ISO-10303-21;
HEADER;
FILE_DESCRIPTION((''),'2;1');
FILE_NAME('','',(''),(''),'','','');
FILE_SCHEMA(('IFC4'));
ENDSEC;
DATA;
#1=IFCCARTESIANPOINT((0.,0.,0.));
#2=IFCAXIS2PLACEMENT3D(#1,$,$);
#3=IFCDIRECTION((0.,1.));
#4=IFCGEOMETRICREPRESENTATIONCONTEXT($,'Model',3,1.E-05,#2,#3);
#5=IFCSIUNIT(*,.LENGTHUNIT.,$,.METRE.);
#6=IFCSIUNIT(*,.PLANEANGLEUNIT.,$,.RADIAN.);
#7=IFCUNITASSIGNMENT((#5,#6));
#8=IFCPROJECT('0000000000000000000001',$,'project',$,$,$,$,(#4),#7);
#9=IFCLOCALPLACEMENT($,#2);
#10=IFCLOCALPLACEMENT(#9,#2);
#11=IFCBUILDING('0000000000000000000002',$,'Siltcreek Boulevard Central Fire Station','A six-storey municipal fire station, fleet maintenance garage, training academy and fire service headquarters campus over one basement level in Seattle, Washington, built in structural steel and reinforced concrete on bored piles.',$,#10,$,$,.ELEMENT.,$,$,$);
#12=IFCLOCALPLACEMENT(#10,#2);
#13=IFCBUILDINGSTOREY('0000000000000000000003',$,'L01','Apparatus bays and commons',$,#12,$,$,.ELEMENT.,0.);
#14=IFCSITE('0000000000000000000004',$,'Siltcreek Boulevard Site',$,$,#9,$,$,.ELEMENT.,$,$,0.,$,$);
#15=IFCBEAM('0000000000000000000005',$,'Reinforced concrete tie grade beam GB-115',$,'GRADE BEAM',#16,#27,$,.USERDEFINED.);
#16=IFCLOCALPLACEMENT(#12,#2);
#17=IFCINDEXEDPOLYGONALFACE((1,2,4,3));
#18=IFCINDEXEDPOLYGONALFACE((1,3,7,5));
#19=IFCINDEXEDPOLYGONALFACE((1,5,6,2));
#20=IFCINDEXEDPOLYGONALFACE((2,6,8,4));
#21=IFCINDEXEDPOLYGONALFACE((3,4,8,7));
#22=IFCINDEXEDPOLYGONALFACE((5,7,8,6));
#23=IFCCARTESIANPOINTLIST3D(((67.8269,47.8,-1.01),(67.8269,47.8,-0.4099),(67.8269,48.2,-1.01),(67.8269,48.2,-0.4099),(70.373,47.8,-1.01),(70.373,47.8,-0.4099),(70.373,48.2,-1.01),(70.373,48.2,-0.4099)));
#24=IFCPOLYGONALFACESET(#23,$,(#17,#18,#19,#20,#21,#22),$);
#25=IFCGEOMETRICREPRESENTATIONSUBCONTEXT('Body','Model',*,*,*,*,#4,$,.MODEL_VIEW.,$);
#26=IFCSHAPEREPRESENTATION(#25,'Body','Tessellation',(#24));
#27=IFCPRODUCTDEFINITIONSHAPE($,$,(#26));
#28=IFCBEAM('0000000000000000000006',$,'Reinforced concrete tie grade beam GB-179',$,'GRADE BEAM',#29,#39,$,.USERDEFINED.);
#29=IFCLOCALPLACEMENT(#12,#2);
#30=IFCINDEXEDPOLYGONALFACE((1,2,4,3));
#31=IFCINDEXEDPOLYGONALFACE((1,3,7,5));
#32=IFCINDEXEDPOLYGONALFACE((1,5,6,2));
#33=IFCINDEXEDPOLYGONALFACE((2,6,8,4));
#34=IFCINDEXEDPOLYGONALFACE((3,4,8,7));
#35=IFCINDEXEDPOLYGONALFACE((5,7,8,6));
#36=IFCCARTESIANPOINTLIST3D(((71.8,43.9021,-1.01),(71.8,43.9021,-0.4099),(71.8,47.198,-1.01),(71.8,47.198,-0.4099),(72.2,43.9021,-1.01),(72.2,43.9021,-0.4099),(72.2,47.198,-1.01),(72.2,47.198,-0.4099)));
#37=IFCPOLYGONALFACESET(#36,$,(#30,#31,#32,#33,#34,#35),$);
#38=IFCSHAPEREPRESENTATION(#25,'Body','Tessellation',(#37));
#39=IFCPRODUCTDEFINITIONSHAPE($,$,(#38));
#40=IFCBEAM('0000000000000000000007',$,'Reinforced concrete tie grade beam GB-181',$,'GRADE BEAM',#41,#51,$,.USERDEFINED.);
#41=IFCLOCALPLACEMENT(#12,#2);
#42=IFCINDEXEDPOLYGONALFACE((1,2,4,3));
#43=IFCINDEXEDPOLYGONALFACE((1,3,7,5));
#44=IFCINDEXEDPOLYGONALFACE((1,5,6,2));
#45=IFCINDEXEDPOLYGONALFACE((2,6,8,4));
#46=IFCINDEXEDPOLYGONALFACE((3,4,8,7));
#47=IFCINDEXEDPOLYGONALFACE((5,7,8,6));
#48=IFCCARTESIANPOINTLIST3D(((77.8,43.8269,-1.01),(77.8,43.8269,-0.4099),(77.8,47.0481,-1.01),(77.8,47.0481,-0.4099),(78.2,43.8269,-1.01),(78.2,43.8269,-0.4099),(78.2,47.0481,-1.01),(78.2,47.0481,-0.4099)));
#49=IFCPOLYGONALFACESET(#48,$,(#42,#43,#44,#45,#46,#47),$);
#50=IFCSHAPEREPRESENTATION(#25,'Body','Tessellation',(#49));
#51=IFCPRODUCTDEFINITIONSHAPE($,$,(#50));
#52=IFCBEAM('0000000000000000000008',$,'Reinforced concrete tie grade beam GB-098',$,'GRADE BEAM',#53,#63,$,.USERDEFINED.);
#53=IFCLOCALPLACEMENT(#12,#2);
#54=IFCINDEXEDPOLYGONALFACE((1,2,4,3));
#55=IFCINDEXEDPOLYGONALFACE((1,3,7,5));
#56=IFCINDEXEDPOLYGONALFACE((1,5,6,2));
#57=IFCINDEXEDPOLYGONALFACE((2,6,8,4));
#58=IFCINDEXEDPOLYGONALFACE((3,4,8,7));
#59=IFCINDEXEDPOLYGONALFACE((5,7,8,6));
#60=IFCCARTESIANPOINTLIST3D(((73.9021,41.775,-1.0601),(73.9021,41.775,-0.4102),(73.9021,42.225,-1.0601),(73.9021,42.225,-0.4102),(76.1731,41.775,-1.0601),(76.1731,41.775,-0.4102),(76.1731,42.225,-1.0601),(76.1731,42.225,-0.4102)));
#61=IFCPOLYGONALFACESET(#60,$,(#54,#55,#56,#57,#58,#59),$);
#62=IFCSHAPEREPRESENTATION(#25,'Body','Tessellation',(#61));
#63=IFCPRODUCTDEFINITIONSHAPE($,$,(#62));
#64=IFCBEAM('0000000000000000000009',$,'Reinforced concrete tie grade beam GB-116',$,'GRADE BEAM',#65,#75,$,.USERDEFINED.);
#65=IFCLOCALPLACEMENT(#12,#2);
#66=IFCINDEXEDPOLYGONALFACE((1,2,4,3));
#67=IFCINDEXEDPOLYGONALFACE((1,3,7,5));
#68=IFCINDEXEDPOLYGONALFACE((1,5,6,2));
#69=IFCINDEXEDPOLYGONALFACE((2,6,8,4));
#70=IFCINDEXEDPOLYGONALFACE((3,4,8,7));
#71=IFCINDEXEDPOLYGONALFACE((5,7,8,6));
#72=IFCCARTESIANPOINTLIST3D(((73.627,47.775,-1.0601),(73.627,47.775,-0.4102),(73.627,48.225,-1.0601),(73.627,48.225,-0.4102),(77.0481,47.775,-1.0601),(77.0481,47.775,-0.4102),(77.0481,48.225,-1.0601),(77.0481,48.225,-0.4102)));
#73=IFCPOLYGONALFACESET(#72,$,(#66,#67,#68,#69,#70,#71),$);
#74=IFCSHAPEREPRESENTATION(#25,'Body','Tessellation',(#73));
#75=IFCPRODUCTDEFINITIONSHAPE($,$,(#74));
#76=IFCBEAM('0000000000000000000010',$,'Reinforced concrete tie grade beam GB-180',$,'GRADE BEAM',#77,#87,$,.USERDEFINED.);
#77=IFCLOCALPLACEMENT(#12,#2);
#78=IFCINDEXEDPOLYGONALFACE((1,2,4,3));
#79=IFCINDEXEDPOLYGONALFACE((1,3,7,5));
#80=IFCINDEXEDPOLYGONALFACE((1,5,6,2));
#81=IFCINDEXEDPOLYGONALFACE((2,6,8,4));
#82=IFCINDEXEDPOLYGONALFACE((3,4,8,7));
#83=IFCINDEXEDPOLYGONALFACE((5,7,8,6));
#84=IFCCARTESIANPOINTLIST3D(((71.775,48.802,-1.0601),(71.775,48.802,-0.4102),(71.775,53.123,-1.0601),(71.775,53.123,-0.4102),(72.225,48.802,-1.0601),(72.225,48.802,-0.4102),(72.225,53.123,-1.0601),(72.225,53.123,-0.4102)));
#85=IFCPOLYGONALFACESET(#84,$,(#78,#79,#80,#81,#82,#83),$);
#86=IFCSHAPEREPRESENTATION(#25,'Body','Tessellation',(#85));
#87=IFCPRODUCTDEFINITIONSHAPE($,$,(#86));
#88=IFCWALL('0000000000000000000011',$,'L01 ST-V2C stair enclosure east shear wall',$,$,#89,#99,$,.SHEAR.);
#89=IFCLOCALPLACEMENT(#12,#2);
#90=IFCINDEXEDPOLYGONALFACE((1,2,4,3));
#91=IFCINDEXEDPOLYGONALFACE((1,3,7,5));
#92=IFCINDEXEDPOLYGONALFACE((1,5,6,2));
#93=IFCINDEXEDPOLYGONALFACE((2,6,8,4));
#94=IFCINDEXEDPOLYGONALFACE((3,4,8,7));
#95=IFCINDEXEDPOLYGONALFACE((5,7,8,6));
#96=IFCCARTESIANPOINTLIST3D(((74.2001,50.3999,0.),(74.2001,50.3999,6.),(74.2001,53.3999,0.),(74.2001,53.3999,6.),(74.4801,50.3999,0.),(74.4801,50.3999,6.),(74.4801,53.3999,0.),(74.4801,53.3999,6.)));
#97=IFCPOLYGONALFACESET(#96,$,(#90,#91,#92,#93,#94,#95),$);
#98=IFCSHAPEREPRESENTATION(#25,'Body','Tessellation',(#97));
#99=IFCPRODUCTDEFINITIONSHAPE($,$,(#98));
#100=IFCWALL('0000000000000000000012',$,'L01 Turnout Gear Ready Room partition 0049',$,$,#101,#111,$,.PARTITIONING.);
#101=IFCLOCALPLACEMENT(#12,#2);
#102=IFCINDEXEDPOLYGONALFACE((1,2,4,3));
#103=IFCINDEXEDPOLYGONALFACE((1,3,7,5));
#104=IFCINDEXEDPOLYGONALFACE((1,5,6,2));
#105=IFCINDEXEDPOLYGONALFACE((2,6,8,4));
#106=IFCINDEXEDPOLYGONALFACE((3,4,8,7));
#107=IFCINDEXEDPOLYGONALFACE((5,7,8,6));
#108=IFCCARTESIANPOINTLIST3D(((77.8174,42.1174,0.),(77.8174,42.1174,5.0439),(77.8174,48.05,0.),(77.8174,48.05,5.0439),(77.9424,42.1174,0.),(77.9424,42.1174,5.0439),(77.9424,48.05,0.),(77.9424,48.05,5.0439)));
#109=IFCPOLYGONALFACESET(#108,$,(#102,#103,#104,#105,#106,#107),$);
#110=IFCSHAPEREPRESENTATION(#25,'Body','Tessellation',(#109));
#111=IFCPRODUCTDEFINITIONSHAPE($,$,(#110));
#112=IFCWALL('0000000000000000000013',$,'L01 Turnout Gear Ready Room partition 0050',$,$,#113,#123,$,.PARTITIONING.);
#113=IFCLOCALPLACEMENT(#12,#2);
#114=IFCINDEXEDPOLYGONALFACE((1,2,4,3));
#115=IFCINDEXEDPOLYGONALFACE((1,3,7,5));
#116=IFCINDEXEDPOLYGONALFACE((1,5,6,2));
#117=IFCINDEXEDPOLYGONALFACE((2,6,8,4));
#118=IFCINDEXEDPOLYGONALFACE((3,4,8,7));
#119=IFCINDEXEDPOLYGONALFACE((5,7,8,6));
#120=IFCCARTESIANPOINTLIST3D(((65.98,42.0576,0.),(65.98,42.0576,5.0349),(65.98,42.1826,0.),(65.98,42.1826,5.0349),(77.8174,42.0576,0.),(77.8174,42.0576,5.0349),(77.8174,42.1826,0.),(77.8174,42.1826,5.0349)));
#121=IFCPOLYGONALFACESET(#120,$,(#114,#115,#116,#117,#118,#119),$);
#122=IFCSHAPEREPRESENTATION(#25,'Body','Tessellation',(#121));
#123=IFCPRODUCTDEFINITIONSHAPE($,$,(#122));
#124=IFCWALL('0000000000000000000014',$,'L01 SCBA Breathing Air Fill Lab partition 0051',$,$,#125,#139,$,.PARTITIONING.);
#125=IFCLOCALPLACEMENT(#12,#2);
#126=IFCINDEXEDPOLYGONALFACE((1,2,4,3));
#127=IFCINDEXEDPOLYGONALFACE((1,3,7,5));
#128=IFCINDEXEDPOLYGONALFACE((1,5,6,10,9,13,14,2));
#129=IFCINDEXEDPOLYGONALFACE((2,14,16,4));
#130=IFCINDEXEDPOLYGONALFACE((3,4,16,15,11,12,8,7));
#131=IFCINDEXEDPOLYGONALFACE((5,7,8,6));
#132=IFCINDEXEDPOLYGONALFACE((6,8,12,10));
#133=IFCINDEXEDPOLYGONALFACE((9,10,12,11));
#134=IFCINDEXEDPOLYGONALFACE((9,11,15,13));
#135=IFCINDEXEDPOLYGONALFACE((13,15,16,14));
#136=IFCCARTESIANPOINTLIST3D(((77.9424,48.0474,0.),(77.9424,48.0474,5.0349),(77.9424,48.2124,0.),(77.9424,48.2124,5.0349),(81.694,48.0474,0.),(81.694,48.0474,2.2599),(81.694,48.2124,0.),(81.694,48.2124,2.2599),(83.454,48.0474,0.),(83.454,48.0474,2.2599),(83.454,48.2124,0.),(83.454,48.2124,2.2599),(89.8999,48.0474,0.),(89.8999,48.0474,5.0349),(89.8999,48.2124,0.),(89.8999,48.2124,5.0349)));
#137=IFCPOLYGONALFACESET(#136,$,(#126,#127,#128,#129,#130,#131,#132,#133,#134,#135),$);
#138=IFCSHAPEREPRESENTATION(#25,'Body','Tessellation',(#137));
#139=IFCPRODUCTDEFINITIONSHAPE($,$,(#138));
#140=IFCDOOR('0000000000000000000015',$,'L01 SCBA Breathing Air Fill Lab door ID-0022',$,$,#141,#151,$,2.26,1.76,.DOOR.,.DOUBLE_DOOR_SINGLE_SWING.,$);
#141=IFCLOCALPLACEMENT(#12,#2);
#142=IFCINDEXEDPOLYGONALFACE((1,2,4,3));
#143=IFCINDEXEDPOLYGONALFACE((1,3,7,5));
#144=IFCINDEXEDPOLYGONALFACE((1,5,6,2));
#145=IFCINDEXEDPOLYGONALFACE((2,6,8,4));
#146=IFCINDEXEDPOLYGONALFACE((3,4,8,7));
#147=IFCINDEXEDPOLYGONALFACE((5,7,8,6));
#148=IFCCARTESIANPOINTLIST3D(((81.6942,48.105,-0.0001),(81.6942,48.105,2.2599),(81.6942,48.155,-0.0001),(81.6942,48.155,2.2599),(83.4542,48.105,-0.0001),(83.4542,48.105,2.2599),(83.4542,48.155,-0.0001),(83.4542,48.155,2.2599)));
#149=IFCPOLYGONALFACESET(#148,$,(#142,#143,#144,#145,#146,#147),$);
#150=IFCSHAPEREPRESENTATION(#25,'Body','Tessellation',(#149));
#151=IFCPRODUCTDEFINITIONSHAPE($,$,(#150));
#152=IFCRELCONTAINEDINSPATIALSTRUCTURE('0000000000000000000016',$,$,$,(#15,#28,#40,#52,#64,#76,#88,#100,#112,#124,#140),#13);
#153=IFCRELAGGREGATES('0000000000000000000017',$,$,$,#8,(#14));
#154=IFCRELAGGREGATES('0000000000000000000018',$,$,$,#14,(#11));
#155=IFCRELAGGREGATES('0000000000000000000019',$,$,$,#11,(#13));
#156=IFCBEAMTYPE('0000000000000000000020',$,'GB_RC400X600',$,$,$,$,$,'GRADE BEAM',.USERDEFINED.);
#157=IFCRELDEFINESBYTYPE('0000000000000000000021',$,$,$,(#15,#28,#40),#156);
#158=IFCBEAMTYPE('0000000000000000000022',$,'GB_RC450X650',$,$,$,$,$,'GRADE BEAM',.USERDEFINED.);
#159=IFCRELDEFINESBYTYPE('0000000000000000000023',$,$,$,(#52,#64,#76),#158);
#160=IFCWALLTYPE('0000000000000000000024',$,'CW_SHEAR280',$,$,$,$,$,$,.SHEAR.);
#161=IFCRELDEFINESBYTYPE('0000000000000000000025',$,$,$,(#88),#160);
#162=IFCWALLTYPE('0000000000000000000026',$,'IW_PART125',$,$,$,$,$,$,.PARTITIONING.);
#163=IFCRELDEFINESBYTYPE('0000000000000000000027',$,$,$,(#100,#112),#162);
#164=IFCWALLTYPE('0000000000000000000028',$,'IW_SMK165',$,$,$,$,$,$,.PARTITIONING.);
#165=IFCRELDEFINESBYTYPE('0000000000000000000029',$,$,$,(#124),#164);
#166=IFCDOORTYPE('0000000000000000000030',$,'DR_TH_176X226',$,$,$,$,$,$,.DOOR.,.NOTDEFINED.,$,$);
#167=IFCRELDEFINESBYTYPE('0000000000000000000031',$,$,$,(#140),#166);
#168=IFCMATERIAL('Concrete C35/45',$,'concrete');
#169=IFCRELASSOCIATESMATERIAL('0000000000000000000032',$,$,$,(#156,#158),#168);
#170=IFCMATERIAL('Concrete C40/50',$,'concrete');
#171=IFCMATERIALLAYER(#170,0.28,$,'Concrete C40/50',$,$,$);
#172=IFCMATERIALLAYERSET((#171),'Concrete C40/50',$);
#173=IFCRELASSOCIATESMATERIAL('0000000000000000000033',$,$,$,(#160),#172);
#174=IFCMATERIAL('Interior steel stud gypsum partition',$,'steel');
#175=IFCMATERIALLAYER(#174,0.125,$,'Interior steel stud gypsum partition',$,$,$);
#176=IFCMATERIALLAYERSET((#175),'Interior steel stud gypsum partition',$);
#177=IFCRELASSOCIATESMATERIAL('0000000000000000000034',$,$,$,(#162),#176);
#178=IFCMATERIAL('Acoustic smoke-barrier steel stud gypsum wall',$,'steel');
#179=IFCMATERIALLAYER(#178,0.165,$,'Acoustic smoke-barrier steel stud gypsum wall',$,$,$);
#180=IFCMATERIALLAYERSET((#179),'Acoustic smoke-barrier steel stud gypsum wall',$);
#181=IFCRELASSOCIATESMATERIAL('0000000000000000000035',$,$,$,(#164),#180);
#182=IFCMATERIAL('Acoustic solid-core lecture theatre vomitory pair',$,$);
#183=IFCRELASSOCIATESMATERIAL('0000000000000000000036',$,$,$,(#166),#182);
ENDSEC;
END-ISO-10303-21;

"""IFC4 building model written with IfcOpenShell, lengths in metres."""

from ifc_helpers import new_model, si_unit, direction, frame, frame_2d, origin, origin_2d, place, context, subcontext, project, spatial, rectangle, extrude, material, layer, layer_set, material_profile, profile_set, type_object, element, fill, save


model = new_model("IFC4")

# Units and contexts
model_context = context("Model", 3, precision=1e-05, world=origin(), true_north=direction((0.0, 1.0)))
body_context = subcontext(model_context, "Body", "Model", "MODEL_VIEW")
ifc_project = project(units=[si_unit("LENGTHUNIT", "METRE"), si_unit("PLANEANGLEUNIT", "RADIAN")], contexts=[model_context])

# Site, building, storey
site_placement = place(None, origin())
site = spatial("IfcSite", under=ifc_project, at=site_placement, Name="Siltcreek Boulevard Site", CompositionType="ELEMENT", RefElevation=0.0)
building_placement = place(site_placement, origin())
building = spatial("IfcBuilding", under=site, at=building_placement, Name="Siltcreek Boulevard Central Fire Station", Description="A six-storey municipal fire station, fleet maintenance garage, training academy and fire service headquarters campus over one basement level in Seattle, Washington, built in structural steel and reinforced concrete on bored piles.", CompositionType="ELEMENT")
storey_placement = place(building_placement, origin())
storey = spatial("IfcBuildingStorey", under=building, at=storey_placement, Name="L01", Description="Apparatus bays and commons", CompositionType="ELEMENT", Elevation=0.0)

# Shared definitions
ifc_material_1 = material(Name="Concrete C35/45", Category="concrete")

# Beams
ifc_material_profile_1 = material_profile(ifc_material_1, rectangle(XDim=0.3999, YDim=0.6001, at=origin_2d()), Name="RC400X600")
ifc_profile_set_1 = profile_set([ifc_material_profile_1], Name="Concrete C35/45")
beam_type_1 = type_object("IfcBeamType", Name="GB_RC400X600", ElementType="GRADE BEAM", PredefinedType="USERDEFINED", material=ifc_profile_set_1)
beam_1_placement = place(storey_placement, frame((67.8269, 48.0, -0.71), z_axis=(1.0, 0.0, 0.0), x_axis=(0.0, 1.0, 0.0)))
element("IfcBeam", 1, at=beam_1_placement, inside=storey, type_object=beam_type_1, Name="Reinforced concrete tie grade beam GB-115", ObjectType="GRADE BEAM", PredefinedType="USERDEFINED", context=body_context, shape_type="SweptSolid", body=[
    extrude(rectangle(XDim=0.3999, YDim=0.6001, at=origin_2d()), origin(), (0.0, 0.0, 1.0), 2.5461),
])
beam_2_placement = place(storey_placement, frame((72.0, 43.9021, -0.71), z_axis=(0.0, 1.0, 0.0), x_axis=(-1.0, 0.0, 0.0)))
element("IfcBeam", 2, at=beam_2_placement, inside=storey, type_object=beam_type_1, Name="Reinforced concrete tie grade beam GB-179", ObjectType="GRADE BEAM", PredefinedType="USERDEFINED", context=body_context, shape_type="SweptSolid", body=[
    extrude(rectangle(XDim=0.3999, YDim=0.6001, at=origin_2d()), origin(), (0.0, 0.0, 1.0), 3.2959),
])
beam_3_placement = place(storey_placement, frame((78.0, 43.8269, -0.71), z_axis=(0.0, 1.0, 0.0), x_axis=(-1.0, 0.0, 0.0)))
element("IfcBeam", 3, at=beam_3_placement, inside=storey, type_object=beam_type_1, Name="Reinforced concrete tie grade beam GB-181", ObjectType="GRADE BEAM", PredefinedType="USERDEFINED", context=body_context, shape_type="SweptSolid", body=[
    extrude(rectangle(XDim=0.3999, YDim=0.6001, at=origin_2d()), origin(), (0.0, 0.0, 1.0), 3.2212),
])
ifc_material_profile_2 = material_profile(ifc_material_1, rectangle(XDim=0.45, YDim=0.6499, at=origin_2d()), Name="RC450X650")
ifc_profile_set_2 = profile_set([ifc_material_profile_2], Name="Concrete C35/45")
beam_type_2 = type_object("IfcBeamType", Name="GB_RC450X650", ElementType="GRADE BEAM", PredefinedType="USERDEFINED", material=ifc_profile_set_2)
beam_4_placement = place(storey_placement, frame((73.9021, 42.0, -0.7351), z_axis=(1.0, 0.0, 0.0), x_axis=(0.0, 1.0, 0.0)))
element("IfcBeam", 4, at=beam_4_placement, inside=storey, type_object=beam_type_2, Name="Reinforced concrete tie grade beam GB-098", ObjectType="GRADE BEAM", PredefinedType="USERDEFINED", context=body_context, shape_type="SweptSolid", body=[
    extrude(rectangle(XDim=0.45, YDim=0.6499, at=origin_2d()), origin(), (0.0, 0.0, 1.0), 2.271),
])
beam_5_placement = place(storey_placement, frame((73.627, 48.0, -0.7351), z_axis=(1.0, 0.0, 0.0), x_axis=(0.0, 1.0, 0.0)))
element("IfcBeam", 5, at=beam_5_placement, inside=storey, type_object=beam_type_2, Name="Reinforced concrete tie grade beam GB-116", ObjectType="GRADE BEAM", PredefinedType="USERDEFINED", context=body_context, shape_type="SweptSolid", body=[
    extrude(rectangle(XDim=0.45, YDim=0.6499, at=origin_2d()), origin(), (0.0, 0.0, 1.0), 3.4211),
])
beam_6_placement = place(storey_placement, frame((72.0, 48.802, -0.7351), z_axis=(0.0, 1.0, 0.0), x_axis=(-1.0, 0.0, 0.0)))
element("IfcBeam", 6, at=beam_6_placement, inside=storey, type_object=beam_type_2, Name="Reinforced concrete tie grade beam GB-180", ObjectType="GRADE BEAM", PredefinedType="USERDEFINED", context=body_context, shape_type="SweptSolid", body=[
    extrude(rectangle(XDim=0.45, YDim=0.6499, at=origin_2d()), origin(), (0.0, 0.0, 1.0), 4.321),
])

# Walls
ifc_material_2 = material(Name="Concrete C40/50", Category="concrete")
ifc_layer_1 = layer(ifc_material_2, 0.28, Name="Concrete C40/50")
ifc_layer_set_1 = layer_set([ifc_layer_1], Name="Concrete C40/50")
wall_type_1 = type_object("IfcWallType", Name="CW_SHEAR280", PredefinedType="SHEAR", material=ifc_layer_set_1)
wall_1_placement = place(storey_placement, frame((74.3401, 50.3999, 0.0), z_axis=(0.0, 0.0, 1.0), x_axis=(0.0, 1.0, 0.0)))
element("IfcWall", 7, at=wall_1_placement, inside=storey, type_object=wall_type_1, Name="L01 ST-V2C stair enclosure east shear wall", PredefinedType="SHEAR", context=body_context, shape_type="SweptSolid", body=[
    extrude(rectangle(XDim=3.0, YDim=0.28, at=frame_2d((1.5, 0.0))), origin(), (0.0, 0.0, 1.0), 6.0),
])
ifc_material_3 = material(Name="Interior steel stud gypsum partition", Category="steel")
ifc_layer_2 = layer(ifc_material_3, 0.125, Name="Interior steel stud gypsum partition")
ifc_layer_set_2 = layer_set([ifc_layer_2], Name="Interior steel stud gypsum partition")
wall_type_2 = type_object("IfcWallType", Name="IW_PART125", PredefinedType="PARTITIONING", material=ifc_layer_set_2)
wall_2_placement = place(storey_placement, frame((77.8799, 48.05, 0.0), z_axis=(0.0, 0.0, 1.0), x_axis=(0.0, -1.0, 0.0)))
element("IfcWall", 8, at=wall_2_placement, inside=storey, type_object=wall_type_2, Name="L01 Turnout Gear Ready Room partition 0049", PredefinedType="PARTITIONING", context=body_context, shape_type="SweptSolid", body=[
    extrude(rectangle(XDim=5.9326, YDim=0.125, at=frame_2d((2.9663, 0.0))), origin(), (0.0, 0.0, 1.0), 5.0439),
])
wall_3_placement = place(storey_placement, frame((77.8174, 42.1201, 0.0), z_axis=(0.0, 0.0, 1.0), x_axis=(-1.0, 0.0, 0.0)))
element("IfcWall", 9, at=wall_3_placement, inside=storey, type_object=wall_type_2, Name="L01 Turnout Gear Ready Room partition 0050", PredefinedType="PARTITIONING", context=body_context, shape_type="SweptSolid", body=[
    extrude(rectangle(XDim=11.8374, YDim=0.125, at=frame_2d((5.9187, 0.0))), origin(), (0.0, 0.0, 1.0), 5.0349),
])

# Wall, opening, door
ifc_material_4 = material(Name="Acoustic smoke-barrier steel stud gypsum wall", Category="steel")
ifc_layer_3 = layer(ifc_material_4, 0.165, Name="Acoustic smoke-barrier steel stud gypsum wall")
ifc_layer_set_3 = layer_set([ifc_layer_3], Name="Acoustic smoke-barrier steel stud gypsum wall")
wall_type_3 = type_object("IfcWallType", Name="IW_SMK165", PredefinedType="PARTITIONING", material=ifc_layer_set_3)
wall_4_placement = place(storey_placement, frame((77.9424, 48.1299, 0.0), z_axis=(0.0, 0.0, 1.0), x_axis=(1.0, 0.0, 0.0)))
wall_4 = element("IfcWall", 10, at=wall_4_placement, inside=storey, type_object=wall_type_3, Name="L01 SCBA Breathing Air Fill Lab partition 0051", PredefinedType="PARTITIONING", context=body_context, shape_type="SweptSolid", body=[
    extrude(rectangle(XDim=11.9575, YDim=0.165, at=frame_2d((5.9788, 0.0))), origin(), (0.0, 0.0, 1.0), 5.0349),
])
opening_placement = place(wall_4_placement, frame((3.7517, 0.0, 0.0)))
opening = element("IfcOpeningElement", 11, at=opening_placement, cuts=wall_4, PredefinedType="OPENING", context=body_context, shape_type="SweptSolid", body=[
    extrude(rectangle(XDim=1.76, YDim=2.26, at=frame_2d((0.8799, 1.1299))), frame((0.0, 0.0925, 0.0), z_axis=(0.0, -1.0, 0.0), x_axis=(1.0, 0.0, 0.0)), (0.0, 0.0, 1.0), 0.1851),
])
ifc_material_5 = material(Name="Acoustic solid-core lecture theatre vomitory pair")
door_type = type_object("IfcDoorType", Name="DR_TH_176X226", OperationType="NOTDEFINED", PredefinedType="DOOR", material=ifc_material_5)
door_placement = place(opening_placement, frame((1.76, 0.0, 0.0), z_axis=(0.0, 0.0, 1.0), x_axis=(-1.0, 0.0, 0.0)))
door = element("IfcDoor", 12, at=door_placement, inside=storey, type_object=door_type, Name="L01 SCBA Breathing Air Fill Lab door ID-0022", OperationType="DOUBLE_DOOR_SINGLE_SWING", OverallHeight=2.26, OverallWidth=1.76, PredefinedType="DOOR", context=body_context, shape_type="SweptSolid", body=[
    extrude(rectangle(XDim=1.76, YDim=2.26, at=frame_2d((0.8799, 1.1299))), frame((0.0, 0.0249, 0.0), z_axis=(0.0, -1.0, 0.0), x_axis=(1.0, 0.0, 0.0)), (0.0, 0.0, 1.0), 0.05),
])
fill(opening, door)

save(model, "model.ifc")
